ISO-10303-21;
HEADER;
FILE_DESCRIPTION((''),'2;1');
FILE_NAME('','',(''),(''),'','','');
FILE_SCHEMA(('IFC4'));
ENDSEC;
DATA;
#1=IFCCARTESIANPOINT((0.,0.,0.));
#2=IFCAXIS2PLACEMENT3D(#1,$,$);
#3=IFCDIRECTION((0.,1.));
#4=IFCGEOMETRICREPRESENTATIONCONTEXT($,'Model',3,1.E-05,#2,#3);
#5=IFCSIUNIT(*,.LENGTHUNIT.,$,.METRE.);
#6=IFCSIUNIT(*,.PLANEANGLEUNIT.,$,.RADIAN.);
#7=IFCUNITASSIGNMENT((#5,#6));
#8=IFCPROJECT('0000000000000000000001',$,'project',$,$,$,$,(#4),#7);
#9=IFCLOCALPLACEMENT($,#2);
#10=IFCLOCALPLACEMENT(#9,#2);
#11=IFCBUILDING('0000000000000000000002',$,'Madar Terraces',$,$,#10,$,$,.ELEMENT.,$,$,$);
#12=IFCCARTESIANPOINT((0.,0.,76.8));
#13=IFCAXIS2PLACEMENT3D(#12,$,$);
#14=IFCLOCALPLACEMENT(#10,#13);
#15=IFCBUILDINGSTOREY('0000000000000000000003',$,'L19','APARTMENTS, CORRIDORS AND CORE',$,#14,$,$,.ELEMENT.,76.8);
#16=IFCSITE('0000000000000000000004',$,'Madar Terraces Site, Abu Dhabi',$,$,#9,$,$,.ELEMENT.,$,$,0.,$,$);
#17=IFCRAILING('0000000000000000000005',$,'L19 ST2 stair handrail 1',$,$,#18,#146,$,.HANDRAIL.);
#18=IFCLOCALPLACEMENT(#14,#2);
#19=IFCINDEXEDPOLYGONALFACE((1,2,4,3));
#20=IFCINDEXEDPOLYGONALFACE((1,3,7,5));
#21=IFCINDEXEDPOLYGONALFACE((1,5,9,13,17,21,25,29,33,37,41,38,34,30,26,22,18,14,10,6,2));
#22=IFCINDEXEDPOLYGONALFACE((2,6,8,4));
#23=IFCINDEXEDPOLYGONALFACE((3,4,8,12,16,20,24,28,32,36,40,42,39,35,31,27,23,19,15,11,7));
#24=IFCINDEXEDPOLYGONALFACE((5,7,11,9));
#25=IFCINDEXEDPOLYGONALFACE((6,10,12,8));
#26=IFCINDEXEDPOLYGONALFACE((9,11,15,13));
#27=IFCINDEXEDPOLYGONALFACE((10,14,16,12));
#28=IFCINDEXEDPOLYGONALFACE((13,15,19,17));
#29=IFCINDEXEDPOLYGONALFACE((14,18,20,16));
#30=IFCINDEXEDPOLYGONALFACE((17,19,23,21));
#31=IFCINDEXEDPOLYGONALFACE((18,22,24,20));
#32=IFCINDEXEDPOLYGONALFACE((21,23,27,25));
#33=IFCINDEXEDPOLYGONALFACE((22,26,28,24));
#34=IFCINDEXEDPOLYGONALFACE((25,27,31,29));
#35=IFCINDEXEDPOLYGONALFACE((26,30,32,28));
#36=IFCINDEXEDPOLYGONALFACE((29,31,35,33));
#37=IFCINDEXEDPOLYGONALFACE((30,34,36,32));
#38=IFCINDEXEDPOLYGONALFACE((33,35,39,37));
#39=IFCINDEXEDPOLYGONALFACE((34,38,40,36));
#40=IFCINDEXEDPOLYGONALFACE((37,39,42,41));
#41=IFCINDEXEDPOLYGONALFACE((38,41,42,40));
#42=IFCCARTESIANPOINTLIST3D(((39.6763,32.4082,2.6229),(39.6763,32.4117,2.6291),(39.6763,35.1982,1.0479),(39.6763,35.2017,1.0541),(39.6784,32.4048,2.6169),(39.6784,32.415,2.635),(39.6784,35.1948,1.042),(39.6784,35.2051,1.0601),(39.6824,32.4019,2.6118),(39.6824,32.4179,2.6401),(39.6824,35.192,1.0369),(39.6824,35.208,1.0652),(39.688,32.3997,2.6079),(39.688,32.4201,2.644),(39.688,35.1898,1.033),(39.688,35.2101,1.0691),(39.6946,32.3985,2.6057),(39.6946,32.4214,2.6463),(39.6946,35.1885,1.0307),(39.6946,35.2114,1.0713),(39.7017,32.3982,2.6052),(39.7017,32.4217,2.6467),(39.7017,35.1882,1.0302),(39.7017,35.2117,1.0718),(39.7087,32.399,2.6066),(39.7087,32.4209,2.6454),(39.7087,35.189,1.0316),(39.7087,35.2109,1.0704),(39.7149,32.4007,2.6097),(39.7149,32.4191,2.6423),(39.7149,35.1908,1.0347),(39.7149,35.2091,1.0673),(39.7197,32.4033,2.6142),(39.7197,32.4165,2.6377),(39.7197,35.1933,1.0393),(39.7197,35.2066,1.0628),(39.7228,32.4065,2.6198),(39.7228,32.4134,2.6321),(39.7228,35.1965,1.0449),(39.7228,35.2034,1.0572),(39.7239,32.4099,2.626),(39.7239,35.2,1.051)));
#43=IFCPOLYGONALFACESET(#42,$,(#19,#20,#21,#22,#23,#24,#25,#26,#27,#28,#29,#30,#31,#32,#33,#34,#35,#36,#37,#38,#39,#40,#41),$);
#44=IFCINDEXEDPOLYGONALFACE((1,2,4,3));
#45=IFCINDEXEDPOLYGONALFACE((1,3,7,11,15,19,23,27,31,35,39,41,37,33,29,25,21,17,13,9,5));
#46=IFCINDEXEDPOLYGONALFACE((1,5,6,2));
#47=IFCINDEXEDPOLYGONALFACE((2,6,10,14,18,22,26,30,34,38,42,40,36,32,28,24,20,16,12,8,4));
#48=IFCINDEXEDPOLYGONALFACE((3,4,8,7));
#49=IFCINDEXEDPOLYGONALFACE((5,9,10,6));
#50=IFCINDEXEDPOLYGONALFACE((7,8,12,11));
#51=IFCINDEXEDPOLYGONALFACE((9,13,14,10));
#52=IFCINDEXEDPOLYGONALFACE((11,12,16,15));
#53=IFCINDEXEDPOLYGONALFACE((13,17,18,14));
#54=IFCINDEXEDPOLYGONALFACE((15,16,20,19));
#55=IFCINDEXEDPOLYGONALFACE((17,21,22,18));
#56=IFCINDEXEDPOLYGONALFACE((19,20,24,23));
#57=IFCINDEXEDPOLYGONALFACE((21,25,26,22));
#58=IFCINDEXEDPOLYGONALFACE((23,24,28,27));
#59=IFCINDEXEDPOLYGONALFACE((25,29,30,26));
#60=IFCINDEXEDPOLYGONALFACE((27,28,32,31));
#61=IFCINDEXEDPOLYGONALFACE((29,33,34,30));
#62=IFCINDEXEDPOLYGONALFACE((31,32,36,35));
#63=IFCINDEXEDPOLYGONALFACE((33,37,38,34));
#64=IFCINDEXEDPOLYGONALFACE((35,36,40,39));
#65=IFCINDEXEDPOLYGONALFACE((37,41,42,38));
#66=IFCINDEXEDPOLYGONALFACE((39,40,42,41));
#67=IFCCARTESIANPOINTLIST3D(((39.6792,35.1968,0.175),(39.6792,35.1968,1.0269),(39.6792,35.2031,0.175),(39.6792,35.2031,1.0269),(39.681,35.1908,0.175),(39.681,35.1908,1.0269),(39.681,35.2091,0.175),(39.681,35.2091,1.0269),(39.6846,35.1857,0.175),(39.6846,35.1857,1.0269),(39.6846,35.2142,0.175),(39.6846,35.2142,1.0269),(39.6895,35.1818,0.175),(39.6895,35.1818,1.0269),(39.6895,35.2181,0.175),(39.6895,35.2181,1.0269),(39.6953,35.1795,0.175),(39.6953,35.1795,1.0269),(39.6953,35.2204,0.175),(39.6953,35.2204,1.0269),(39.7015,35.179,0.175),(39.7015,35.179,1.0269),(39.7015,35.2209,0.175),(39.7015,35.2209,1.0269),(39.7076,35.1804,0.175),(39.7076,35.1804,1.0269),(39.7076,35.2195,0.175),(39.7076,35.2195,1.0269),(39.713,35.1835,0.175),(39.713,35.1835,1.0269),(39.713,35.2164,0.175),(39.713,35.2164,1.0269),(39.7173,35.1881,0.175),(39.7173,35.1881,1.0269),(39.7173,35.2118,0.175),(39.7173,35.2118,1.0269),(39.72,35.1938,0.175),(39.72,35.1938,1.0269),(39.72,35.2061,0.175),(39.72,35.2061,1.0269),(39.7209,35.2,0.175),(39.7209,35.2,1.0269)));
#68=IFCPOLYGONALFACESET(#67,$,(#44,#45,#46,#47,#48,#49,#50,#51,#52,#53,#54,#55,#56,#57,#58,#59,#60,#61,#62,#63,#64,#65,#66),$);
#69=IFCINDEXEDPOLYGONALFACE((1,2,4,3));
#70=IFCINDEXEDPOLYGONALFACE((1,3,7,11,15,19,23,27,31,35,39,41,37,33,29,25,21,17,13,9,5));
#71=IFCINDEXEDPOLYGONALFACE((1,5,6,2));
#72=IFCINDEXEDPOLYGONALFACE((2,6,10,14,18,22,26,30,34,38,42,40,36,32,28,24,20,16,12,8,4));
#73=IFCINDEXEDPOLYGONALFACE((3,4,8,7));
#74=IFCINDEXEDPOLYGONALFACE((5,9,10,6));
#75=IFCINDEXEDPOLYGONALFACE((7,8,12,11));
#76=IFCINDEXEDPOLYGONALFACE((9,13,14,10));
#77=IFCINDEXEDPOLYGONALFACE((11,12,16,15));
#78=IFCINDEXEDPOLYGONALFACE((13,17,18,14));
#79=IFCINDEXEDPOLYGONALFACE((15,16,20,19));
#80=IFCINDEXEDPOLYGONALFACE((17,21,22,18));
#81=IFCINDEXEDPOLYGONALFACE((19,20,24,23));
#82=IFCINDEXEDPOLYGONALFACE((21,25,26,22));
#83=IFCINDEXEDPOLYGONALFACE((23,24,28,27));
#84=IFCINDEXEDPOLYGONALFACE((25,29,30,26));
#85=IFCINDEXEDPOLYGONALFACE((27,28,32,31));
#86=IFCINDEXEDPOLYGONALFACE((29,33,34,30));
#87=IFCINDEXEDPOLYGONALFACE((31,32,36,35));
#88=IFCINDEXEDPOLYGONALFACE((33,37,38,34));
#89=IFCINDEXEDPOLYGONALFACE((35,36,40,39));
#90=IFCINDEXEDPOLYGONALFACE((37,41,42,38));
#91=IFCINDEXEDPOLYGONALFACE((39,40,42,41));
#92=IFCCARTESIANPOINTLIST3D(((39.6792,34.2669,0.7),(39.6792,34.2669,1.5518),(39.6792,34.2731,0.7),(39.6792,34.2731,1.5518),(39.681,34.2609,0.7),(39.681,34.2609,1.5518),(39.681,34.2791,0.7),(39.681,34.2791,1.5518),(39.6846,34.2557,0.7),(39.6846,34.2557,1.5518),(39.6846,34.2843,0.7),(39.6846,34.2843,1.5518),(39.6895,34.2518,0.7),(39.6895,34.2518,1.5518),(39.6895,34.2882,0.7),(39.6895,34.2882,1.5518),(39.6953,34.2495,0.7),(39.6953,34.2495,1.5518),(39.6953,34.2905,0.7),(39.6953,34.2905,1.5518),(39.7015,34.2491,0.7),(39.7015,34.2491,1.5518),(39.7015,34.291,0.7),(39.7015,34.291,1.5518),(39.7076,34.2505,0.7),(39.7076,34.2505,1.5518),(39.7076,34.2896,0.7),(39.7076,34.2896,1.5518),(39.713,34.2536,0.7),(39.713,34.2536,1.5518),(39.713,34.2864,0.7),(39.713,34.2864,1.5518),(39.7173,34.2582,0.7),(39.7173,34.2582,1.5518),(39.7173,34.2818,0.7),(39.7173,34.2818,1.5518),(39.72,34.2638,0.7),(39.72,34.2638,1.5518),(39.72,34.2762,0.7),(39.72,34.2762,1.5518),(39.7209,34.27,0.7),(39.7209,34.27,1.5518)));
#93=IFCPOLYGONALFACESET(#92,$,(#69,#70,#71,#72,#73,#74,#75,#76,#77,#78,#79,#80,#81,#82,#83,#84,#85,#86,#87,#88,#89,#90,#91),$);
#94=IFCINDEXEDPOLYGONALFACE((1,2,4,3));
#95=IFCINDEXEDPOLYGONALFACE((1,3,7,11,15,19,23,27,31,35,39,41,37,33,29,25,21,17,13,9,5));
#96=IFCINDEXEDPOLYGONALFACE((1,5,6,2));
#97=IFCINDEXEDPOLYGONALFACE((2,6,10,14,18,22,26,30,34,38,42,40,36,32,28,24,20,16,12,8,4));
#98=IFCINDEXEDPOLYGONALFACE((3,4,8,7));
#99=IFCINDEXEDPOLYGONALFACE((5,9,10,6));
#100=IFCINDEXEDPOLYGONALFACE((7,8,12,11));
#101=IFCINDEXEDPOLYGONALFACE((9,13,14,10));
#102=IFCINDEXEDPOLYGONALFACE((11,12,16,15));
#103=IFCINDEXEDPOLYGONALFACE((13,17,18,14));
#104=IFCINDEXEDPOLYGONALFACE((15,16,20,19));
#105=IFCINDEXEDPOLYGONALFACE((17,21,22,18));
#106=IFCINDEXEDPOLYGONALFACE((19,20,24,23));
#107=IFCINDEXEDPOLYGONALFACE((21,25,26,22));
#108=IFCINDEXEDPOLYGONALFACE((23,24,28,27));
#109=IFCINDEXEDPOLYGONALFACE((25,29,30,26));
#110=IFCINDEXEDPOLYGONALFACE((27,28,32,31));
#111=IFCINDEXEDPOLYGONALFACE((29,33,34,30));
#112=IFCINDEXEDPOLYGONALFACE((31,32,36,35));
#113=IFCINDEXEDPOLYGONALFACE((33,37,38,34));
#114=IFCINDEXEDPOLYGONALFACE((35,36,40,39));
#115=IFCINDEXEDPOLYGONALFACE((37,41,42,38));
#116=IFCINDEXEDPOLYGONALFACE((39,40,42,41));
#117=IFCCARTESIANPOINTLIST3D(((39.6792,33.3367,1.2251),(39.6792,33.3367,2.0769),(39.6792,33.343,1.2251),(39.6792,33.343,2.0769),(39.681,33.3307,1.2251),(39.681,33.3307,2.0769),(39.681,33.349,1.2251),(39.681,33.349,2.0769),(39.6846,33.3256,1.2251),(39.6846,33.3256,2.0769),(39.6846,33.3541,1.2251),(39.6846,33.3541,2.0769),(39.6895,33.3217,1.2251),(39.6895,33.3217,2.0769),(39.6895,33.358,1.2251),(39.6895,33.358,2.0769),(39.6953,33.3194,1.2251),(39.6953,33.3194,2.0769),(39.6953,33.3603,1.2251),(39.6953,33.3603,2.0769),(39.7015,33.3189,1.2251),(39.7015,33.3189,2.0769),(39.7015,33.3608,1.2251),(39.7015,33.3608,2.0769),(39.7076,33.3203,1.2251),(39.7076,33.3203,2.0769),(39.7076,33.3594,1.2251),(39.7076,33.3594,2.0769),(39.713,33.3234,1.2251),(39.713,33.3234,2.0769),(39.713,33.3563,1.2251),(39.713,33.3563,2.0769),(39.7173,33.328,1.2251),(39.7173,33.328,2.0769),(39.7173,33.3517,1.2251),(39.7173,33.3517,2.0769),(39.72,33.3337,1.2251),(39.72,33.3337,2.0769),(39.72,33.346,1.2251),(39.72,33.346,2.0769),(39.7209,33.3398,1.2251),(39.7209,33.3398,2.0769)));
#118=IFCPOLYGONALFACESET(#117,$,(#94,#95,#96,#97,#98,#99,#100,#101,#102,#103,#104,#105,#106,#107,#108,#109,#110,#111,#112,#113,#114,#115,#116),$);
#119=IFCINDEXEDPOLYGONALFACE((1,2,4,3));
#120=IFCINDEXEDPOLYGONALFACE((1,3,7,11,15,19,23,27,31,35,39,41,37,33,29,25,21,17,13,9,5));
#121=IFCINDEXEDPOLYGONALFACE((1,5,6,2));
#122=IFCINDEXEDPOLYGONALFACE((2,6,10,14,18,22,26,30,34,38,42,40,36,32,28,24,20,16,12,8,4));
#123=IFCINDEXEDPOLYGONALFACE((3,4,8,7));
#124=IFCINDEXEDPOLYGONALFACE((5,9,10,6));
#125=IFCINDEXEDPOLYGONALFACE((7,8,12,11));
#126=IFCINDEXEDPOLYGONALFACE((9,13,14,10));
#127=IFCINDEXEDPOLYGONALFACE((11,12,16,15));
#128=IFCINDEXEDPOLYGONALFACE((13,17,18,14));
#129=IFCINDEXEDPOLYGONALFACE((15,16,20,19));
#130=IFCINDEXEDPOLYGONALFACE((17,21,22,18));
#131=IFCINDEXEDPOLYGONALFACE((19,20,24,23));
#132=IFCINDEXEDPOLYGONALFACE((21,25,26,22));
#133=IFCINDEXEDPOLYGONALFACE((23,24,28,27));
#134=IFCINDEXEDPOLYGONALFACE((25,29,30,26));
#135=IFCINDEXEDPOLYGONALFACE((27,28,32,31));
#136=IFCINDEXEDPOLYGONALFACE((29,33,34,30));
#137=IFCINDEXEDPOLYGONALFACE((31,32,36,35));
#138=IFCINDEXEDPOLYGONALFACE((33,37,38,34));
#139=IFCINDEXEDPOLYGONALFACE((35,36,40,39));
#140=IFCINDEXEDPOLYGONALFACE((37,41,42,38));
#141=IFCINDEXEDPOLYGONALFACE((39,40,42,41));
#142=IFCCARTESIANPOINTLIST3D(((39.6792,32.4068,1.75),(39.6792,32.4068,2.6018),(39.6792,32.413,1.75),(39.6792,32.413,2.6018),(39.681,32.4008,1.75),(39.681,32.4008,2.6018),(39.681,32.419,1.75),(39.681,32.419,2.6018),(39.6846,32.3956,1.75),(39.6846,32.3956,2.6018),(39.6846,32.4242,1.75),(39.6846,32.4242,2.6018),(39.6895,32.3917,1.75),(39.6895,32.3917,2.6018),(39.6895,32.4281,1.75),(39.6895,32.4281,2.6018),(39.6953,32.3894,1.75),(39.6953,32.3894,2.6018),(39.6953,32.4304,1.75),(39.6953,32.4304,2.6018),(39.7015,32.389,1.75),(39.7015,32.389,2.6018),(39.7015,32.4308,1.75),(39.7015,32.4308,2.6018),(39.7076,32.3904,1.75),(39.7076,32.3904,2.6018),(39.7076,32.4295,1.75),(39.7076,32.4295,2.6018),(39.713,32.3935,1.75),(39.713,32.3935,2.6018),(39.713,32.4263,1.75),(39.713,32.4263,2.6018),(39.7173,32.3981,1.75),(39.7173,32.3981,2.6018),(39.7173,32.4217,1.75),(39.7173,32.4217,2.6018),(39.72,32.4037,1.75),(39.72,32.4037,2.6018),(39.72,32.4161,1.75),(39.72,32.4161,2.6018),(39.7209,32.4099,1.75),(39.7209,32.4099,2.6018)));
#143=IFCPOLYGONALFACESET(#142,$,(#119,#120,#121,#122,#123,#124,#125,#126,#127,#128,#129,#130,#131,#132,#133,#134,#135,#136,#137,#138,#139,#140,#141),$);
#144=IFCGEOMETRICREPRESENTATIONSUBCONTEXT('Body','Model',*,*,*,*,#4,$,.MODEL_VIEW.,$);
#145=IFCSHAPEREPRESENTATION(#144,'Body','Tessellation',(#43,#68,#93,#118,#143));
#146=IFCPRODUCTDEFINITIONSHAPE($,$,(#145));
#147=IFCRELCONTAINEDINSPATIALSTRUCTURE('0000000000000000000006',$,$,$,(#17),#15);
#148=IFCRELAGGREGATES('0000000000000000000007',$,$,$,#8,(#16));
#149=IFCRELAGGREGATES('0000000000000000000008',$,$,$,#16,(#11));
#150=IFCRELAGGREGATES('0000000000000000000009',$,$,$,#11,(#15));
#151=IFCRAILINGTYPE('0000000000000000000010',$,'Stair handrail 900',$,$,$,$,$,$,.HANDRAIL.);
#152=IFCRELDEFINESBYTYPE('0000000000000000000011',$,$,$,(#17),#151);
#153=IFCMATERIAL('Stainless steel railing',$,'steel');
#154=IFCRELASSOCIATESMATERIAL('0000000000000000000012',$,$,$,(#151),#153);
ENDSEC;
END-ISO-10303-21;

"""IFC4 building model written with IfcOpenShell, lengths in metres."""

from ifc_helpers import new_model, si_unit, direction, frame, origin, origin_2d, place, context, subcontext, project, spatial, circle, extrude, material, type_object, element, save


model = new_model("IFC4")

# Units and contexts
model_context = context("Model", 3, precision=1e-05, world=origin(), true_north=direction((0.0, 1.0)))
body_context = subcontext(model_context, "Body", "Model", "MODEL_VIEW")
ifc_project = project(units=[si_unit("LENGTHUNIT", "METRE"), si_unit("PLANEANGLEUNIT", "RADIAN")], contexts=[model_context])

# Site, building, storey
site_placement = place(None, origin())
site = spatial("IfcSite", under=ifc_project, at=site_placement, Name="Madar Terraces Site, Abu Dhabi", CompositionType="ELEMENT", RefElevation=0.0)
building_placement = place(site_placement, origin())
building = spatial("IfcBuilding", under=site, at=building_placement, Name="Madar Terraces", CompositionType="ELEMENT")
storey_placement = place(building_placement, frame((0.0, 0.0, 76.8)))
storey = spatial("IfcBuildingStorey", under=building, at=storey_placement, Name="L19", Description="APARTMENTS, CORRIDORS AND CORE", CompositionType="ELEMENT", Elevation=76.8)

# Railing
ifc_material_1 = material(Name="Stainless steel railing", Category="steel")
railing_type_1 = type_object("IfcRailingType", Name="Stair handrail 900", PredefinedType="HANDRAIL", material=ifc_material_1)
railing_1_placement = place(storey_placement, frame((39.7, 35.2, 0.175)))
element("IfcRailing", 1, at=railing_1_placement, inside=storey, type_object=railing_type_1, Name="L19 ST2 stair handrail 1", PredefinedType="HANDRAIL", context=body_context, shape_type="SweptSolid", body=[
    extrude(circle(Radius=0.0239, at=origin_2d()), frame((0.0, 0.0, 0.876), z_axis=(0.0, -0.870834, 0.491578), x_axis=(1.0, 0.0, 0.0)), (0.0, 0.0, 1.0), 3.2039),
    extrude(circle(Radius=0.021, at=origin_2d()), origin(), (0.0, 0.0, 1.0), 0.8518),
    extrude(circle(Radius=0.021, at=origin_2d()), frame((0.0, -0.9299, 0.5249)), (0.0, 0.0, 1.0), 0.8518),
    extrude(circle(Radius=0.021, at=origin_2d()), frame((0.0, -1.8601, 1.05)), (0.0, 0.0, 1.0), 0.8518),
    extrude(circle(Radius=0.021, at=origin_2d()), frame((0.0, -2.79, 1.575)), (0.0, 0.0, 1.0), 0.8518),
])

save(model, "model.ifc")
